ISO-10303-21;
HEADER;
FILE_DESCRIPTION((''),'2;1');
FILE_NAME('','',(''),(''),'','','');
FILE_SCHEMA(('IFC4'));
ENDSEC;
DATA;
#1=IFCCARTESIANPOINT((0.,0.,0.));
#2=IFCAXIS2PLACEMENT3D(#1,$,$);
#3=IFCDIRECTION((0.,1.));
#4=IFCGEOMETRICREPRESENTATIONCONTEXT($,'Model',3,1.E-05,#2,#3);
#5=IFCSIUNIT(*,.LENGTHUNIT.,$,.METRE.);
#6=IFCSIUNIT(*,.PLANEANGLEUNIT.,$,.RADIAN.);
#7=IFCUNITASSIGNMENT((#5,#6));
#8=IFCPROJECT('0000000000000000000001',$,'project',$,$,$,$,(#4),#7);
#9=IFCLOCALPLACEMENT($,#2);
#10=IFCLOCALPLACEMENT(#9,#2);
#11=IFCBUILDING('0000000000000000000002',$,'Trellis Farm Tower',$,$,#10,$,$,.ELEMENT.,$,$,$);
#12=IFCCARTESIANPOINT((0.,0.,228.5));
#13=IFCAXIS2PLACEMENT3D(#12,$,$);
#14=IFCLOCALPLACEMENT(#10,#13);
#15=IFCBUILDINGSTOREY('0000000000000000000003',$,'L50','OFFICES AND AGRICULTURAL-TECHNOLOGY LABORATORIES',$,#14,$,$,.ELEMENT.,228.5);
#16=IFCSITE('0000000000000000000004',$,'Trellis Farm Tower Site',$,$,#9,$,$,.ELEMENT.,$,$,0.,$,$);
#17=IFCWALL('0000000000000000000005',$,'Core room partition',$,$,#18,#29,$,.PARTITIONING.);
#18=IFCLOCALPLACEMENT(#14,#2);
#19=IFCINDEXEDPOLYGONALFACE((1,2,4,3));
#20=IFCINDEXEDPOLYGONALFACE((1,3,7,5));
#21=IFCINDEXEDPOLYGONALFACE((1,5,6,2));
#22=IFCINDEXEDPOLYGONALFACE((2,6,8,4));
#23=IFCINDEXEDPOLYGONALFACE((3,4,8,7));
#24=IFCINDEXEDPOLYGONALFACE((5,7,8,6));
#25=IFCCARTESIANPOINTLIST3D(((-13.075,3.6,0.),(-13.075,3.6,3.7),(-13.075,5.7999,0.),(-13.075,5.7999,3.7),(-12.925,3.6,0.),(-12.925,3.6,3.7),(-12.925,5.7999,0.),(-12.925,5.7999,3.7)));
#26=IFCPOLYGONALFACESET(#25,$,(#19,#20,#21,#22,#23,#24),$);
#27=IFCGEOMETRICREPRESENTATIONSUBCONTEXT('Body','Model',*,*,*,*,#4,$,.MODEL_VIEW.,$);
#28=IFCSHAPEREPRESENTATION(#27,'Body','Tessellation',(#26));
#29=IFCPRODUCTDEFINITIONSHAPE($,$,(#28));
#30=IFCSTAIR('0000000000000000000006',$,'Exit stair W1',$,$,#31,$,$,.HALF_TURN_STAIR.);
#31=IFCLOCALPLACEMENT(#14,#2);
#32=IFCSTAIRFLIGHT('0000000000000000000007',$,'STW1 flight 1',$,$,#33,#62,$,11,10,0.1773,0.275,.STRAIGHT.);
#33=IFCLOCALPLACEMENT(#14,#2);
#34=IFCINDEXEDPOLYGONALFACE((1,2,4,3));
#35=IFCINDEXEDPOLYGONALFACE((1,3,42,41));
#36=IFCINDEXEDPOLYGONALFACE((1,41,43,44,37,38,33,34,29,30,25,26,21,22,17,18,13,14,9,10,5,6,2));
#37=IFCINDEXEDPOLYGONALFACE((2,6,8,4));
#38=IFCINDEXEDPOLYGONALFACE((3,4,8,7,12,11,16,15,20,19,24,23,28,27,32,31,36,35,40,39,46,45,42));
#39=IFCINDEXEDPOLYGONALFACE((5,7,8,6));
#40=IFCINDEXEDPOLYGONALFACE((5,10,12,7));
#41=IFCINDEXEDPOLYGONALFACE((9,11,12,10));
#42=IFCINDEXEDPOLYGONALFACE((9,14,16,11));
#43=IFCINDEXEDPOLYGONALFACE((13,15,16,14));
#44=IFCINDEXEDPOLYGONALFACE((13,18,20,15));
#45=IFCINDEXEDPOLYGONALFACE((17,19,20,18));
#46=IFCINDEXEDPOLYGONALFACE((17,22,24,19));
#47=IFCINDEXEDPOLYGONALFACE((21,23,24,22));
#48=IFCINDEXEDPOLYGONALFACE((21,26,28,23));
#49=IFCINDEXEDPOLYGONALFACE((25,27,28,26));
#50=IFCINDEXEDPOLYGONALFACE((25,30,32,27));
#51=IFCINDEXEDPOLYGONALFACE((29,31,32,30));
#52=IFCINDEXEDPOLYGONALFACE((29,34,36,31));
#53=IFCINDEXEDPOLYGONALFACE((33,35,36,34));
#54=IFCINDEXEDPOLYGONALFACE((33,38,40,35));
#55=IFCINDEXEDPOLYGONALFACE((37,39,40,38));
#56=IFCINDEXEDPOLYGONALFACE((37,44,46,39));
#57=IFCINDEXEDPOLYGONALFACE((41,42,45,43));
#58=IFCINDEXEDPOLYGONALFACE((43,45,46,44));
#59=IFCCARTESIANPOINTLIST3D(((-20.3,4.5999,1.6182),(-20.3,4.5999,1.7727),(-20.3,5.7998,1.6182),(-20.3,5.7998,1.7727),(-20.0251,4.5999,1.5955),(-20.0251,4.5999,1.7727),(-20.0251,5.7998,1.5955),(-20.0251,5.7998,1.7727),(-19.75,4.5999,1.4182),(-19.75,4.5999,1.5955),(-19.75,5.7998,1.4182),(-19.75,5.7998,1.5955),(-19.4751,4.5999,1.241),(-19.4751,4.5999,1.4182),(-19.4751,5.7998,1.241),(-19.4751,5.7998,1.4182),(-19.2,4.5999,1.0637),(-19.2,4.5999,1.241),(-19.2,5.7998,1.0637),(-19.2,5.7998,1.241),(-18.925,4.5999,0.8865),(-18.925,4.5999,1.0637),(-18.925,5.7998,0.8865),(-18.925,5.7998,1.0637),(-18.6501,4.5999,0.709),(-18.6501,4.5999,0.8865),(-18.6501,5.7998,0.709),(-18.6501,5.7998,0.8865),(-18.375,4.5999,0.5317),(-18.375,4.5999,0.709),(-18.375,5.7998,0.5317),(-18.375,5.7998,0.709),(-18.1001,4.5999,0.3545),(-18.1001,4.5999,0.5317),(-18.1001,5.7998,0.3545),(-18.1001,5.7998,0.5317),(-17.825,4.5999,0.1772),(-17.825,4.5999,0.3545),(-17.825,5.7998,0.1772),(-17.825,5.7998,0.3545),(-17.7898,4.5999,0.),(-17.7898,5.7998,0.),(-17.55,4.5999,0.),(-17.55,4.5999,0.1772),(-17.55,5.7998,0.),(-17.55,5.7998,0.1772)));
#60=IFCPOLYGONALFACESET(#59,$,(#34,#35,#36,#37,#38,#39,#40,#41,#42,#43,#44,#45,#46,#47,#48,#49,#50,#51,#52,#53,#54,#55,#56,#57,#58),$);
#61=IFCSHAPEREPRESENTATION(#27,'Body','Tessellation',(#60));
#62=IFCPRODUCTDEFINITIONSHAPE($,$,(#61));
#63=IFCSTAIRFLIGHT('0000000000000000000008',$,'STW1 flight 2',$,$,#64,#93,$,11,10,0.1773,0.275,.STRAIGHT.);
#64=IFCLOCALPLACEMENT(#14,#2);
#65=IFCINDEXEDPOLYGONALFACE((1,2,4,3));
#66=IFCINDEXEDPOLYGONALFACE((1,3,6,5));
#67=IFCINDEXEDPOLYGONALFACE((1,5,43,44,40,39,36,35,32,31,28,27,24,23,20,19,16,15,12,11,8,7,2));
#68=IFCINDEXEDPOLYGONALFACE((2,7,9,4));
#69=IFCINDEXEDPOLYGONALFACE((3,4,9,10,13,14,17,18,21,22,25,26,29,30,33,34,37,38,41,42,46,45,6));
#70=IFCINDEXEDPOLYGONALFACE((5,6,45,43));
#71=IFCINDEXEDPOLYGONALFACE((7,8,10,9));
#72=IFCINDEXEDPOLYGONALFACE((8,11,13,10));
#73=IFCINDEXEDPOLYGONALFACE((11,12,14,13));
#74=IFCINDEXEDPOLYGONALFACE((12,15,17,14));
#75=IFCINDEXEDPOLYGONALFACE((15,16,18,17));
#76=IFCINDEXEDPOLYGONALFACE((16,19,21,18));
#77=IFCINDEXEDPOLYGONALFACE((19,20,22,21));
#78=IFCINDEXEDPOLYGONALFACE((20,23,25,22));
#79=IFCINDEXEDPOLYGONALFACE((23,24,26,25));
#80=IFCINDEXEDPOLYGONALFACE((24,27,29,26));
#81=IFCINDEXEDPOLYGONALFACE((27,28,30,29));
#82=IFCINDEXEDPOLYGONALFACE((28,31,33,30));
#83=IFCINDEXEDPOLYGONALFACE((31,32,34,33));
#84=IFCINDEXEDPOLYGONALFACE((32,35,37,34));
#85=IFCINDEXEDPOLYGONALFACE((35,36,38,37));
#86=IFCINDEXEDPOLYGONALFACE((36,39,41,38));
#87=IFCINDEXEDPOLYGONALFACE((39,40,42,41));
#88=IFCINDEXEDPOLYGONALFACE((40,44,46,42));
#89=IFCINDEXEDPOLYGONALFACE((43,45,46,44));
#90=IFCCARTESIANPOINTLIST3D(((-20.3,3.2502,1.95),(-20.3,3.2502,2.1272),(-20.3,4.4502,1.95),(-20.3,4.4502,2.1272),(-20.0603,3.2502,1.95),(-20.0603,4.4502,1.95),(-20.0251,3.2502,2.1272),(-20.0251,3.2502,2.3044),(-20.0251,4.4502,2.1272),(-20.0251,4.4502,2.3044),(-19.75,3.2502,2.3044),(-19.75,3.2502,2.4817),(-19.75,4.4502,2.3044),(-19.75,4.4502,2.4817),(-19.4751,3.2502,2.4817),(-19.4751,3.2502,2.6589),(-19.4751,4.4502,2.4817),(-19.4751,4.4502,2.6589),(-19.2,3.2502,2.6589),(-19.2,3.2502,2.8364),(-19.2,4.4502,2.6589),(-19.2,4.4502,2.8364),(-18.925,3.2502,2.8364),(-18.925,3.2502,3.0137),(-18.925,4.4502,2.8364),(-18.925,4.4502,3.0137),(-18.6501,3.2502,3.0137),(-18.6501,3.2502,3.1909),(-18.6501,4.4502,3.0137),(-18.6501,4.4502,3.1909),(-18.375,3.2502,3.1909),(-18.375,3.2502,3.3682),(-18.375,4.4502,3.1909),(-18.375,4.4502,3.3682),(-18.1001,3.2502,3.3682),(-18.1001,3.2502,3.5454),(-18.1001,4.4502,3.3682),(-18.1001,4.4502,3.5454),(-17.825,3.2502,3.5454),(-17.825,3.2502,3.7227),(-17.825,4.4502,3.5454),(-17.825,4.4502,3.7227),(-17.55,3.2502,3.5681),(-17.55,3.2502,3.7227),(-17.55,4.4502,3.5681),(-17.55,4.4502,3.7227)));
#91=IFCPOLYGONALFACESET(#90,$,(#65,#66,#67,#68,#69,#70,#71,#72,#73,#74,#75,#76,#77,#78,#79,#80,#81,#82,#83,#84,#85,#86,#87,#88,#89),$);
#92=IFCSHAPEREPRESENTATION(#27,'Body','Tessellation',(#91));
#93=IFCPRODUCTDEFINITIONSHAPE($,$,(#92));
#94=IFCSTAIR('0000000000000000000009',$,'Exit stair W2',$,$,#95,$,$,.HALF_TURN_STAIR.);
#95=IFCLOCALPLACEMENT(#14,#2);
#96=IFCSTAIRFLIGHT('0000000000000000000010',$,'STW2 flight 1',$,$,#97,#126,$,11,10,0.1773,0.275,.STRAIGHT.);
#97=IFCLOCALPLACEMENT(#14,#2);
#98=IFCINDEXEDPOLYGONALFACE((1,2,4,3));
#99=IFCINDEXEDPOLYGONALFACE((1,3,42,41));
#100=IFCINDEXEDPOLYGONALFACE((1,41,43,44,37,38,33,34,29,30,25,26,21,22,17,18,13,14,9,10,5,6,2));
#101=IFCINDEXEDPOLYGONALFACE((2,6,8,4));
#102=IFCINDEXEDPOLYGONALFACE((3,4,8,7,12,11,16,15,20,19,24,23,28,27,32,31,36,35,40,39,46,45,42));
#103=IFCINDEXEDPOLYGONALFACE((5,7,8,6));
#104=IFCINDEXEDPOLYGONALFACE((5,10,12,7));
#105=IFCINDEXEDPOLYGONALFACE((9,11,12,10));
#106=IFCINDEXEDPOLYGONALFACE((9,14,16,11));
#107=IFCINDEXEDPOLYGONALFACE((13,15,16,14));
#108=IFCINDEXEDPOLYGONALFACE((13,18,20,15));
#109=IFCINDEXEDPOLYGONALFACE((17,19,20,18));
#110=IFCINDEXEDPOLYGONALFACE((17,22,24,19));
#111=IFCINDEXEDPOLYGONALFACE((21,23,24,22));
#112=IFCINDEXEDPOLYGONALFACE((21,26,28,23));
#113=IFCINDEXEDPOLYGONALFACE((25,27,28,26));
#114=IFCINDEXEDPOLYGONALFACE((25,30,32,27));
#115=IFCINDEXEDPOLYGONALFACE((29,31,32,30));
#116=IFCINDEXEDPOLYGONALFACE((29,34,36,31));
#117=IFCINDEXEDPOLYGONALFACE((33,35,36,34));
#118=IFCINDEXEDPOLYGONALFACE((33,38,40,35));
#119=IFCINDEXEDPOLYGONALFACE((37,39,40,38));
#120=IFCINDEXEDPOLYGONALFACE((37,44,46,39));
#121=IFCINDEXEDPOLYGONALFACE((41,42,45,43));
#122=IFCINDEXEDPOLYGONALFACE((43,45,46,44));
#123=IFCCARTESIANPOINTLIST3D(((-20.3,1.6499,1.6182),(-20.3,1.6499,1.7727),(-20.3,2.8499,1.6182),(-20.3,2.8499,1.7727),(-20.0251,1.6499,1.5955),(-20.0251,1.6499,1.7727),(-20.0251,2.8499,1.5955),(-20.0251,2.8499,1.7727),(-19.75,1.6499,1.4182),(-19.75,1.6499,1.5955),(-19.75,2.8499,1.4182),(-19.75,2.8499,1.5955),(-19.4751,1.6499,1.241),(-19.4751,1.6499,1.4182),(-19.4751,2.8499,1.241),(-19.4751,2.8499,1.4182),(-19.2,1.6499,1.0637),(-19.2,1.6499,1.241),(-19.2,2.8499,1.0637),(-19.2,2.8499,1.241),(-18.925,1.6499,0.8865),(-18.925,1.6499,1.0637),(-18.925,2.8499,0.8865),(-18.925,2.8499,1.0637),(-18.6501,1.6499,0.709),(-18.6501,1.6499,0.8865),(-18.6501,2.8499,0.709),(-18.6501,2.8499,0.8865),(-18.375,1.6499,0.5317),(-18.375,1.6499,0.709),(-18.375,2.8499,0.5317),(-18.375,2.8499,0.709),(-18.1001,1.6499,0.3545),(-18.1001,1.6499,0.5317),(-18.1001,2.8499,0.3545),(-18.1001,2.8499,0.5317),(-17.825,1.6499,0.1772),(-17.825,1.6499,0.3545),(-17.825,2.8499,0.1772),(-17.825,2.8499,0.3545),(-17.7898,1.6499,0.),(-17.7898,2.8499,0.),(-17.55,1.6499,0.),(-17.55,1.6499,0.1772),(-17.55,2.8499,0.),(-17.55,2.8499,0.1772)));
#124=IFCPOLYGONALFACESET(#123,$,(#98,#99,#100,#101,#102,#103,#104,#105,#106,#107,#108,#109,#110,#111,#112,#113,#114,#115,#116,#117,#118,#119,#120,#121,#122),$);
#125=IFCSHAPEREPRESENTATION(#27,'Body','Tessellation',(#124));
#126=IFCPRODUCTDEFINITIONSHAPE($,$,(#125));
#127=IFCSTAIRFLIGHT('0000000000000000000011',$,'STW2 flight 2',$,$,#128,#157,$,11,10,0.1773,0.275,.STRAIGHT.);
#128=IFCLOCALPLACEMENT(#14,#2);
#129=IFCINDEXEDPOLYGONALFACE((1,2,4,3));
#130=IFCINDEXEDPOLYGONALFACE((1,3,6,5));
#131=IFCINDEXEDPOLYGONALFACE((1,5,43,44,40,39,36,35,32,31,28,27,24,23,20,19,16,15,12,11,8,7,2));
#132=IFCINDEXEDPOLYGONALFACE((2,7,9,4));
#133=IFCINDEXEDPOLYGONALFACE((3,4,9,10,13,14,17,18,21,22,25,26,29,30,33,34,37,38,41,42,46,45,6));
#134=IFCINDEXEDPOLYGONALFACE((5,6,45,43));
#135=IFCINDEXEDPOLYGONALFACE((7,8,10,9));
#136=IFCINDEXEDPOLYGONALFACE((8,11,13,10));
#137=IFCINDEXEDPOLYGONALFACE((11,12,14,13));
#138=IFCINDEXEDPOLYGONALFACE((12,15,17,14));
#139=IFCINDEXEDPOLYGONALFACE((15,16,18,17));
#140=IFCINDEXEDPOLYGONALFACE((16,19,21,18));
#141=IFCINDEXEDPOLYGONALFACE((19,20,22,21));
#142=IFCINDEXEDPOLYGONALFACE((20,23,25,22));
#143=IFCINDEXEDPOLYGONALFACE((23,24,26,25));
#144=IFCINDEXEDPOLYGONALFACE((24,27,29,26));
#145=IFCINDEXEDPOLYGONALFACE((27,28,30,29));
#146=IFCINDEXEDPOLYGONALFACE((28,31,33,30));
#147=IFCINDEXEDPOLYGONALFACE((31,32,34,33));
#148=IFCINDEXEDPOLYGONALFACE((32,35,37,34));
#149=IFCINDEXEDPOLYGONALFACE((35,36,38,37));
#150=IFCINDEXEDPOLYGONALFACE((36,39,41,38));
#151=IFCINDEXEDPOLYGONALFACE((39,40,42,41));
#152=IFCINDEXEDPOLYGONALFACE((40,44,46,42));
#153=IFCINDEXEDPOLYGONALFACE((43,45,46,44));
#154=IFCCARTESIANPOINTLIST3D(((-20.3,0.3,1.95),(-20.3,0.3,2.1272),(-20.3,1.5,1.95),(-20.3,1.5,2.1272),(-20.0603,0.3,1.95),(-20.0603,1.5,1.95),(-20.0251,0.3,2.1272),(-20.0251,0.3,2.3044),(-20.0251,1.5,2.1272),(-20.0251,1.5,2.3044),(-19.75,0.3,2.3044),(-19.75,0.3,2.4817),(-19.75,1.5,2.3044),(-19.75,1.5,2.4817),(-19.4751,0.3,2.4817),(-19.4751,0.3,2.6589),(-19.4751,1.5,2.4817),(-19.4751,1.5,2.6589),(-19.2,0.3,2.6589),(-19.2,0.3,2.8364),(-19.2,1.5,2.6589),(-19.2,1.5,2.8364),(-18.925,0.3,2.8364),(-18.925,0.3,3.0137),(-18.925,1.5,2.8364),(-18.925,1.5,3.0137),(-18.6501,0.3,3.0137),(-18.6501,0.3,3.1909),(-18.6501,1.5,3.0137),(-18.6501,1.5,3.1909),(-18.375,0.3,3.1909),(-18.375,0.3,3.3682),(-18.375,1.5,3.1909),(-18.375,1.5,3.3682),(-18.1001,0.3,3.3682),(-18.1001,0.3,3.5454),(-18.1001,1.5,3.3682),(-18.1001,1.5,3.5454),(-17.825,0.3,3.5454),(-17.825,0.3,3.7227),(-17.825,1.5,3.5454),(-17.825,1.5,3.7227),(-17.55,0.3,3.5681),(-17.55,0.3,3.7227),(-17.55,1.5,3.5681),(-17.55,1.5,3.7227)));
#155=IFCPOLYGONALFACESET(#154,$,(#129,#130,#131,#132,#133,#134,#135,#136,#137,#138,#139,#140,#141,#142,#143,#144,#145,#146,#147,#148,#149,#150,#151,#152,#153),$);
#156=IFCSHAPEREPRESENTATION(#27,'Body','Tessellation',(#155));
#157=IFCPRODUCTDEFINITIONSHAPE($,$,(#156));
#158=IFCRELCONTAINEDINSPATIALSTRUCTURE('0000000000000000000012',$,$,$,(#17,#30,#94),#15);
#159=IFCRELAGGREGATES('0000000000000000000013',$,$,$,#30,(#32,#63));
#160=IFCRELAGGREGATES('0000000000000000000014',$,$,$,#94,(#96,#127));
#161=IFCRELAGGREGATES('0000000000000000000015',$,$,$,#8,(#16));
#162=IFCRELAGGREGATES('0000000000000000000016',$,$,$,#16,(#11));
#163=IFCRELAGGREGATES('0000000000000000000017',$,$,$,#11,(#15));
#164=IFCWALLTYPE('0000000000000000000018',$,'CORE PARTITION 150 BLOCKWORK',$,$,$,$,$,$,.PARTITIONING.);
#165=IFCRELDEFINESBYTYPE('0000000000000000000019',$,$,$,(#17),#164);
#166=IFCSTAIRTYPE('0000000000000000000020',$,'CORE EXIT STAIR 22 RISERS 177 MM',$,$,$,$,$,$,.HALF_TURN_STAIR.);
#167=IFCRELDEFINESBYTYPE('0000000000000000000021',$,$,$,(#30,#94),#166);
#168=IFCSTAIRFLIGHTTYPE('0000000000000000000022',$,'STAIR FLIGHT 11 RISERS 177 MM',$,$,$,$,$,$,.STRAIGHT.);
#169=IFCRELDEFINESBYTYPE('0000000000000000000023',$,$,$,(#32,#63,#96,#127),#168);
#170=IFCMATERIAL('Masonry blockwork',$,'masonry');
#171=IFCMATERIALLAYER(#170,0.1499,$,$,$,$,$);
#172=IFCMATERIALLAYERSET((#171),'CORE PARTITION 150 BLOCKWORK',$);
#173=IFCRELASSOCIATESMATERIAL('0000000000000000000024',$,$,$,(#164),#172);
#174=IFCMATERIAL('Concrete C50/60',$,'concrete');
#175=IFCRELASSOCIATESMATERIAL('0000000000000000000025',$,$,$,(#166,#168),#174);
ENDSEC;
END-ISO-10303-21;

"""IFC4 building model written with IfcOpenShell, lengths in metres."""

from ifc_helpers import new_model, si_unit, direction, frame, frame_2d, origin, place, context, subcontext, project, spatial, polyline, rectangle, outline, extrude, source, transform, mapped, material, layer, layer_set, type_object, element, aggregate, save


model = new_model("IFC4")

# Units and contexts
model_context = context("Model", 3, precision=1e-05, world=origin(), true_north=direction((0.0, 1.0)))
body_context = subcontext(model_context, "Body", "Model", "MODEL_VIEW")
ifc_project = project(units=[si_unit("LENGTHUNIT", "METRE"), si_unit("PLANEANGLEUNIT", "RADIAN")], contexts=[model_context])

# Site, building, storey
site_placement = place(None, origin())
site = spatial("IfcSite", under=ifc_project, at=site_placement, Name="Trellis Farm Tower Site", CompositionType="ELEMENT", RefElevation=0.0)
building_placement = place(site_placement, origin())
building = spatial("IfcBuilding", under=site, at=building_placement, Name="Trellis Farm Tower", CompositionType="ELEMENT")
storey_placement = place(building_placement, frame((0.0, 0.0, 228.5)))
storey = spatial("IfcBuildingStorey", under=building, at=storey_placement, Name="L50", Description="OFFICES AND AGRICULTURAL-TECHNOLOGY LABORATORIES", CompositionType="ELEMENT", Elevation=228.5)

# Shared definitions
placement = place(storey_placement, origin())

# Wall
ifc_material_1 = material(Name="Masonry blockwork", Category="masonry")
ifc_layer_1 = layer(ifc_material_1, 0.1499)
ifc_layer_set_1 = layer_set([ifc_layer_1], Name="CORE PARTITION 150 BLOCKWORK")
wall_type_1 = type_object("IfcWallType", Name="CORE PARTITION 150 BLOCKWORK", PredefinedType="PARTITIONING", material=ifc_layer_set_1)
shared_shape_1 = source(origin(), body_context, "Body", "SweptSolid", [
    extrude(rectangle(XDim=2.2, YDim=0.1499, at=frame_2d((1.1001, 0.0))), origin(), (0.0, 0.0, 1.0), 3.7),
])
wall_1_placement = place(storey_placement, frame((-13.0, 5.8, 0.0), z_axis=(0.0, 0.0, 1.0), x_axis=(0.0, -1.0, 0.0)))
element("IfcWall", 1, at=wall_1_placement, inside=storey, type_object=wall_type_1, Name="Core room partition", PredefinedType="PARTITIONING", context=body_context, shape_type="MappedRepresentation", body=[
    mapped(shared_shape_1, transform((0.0, 0.0, 0.0))),
])

# Stairs, stair flights
ifc_material_2 = material(Name="Concrete C50/60", Category="concrete")
stair_type = type_object("IfcStairType", Name="CORE EXIT STAIR 22 RISERS 177 MM", PredefinedType="HALF_TURN_STAIR", material=ifc_material_2)
stair_1 = element("IfcStair", 2, at=placement, inside=storey, type_object=stair_type, Name="Exit stair W1", PredefinedType="HALF_TURN_STAIR")
stair_flight_type = type_object("IfcStairFlightType", Name="STAIR FLIGHT 11 RISERS 177 MM", PredefinedType="STRAIGHT", material=ifc_material_2)
shared_shape_2 = source(origin(), body_context, "Body", "SweptSolid", [
    extrude(outline(polyline([(0.0, 0.0), (0.0, 0.1772), (0.2749, 0.1772), (0.2749, 0.3545), (0.55, 0.3545), (0.55, 0.5317), (0.825, 0.5317), (0.825, 0.709), (1.1001, 0.709), (1.1001, 0.8865), (1.375, 0.8865), (1.375, 1.0637), (1.6499, 1.0637), (1.6499, 1.241), (1.925, 1.241), (1.925, 1.4182), (2.2, 1.4182), (2.2, 1.5955), (2.4751, 1.5955), (2.4751, 1.7727), (2.75, 1.7727), (2.75, 1.95), (2.75, 1.6182), (0.2397, 0.0), (0.0, 0.0)])), frame((0.0, 0.6001, 0.0), z_axis=(0.0, -1.0, 0.0), x_axis=(1.0, 0.0, 0.0)), (0.0, 0.0, 1.0), 1.2),
])
stair_flight_1_placement = place(storey_placement, frame((-17.55, 5.2, 0.0), z_axis=(0.0, 0.0, 1.0), x_axis=(-1.0, 0.0, 0.0)))
stair_flight_1 = element("IfcStairFlight", 3, at=stair_flight_1_placement, type_object=stair_flight_type, Name="STW1 flight 1", NumberOfRisers=11, NumberOfTreads=10, PredefinedType="STRAIGHT", RiserHeight=0.1773, TreadLength=0.275, context=body_context, shape_type="MappedRepresentation", body=[
    mapped(shared_shape_2, transform((0.0, 0.0, 0.0))),
])
stair_flight_2_placement = place(storey_placement, frame((-20.3, 3.8501, 1.95), z_axis=(0.0, 0.0, 1.0), x_axis=(1.0, 0.0, 0.0)))
stair_flight_2 = element("IfcStairFlight", 4, at=stair_flight_2_placement, type_object=stair_flight_type, Name="STW1 flight 2", NumberOfRisers=11, NumberOfTreads=10, PredefinedType="STRAIGHT", RiserHeight=0.1773, TreadLength=0.275, context=body_context, shape_type="MappedRepresentation", body=[
    mapped(shared_shape_2, transform((0.0, 0.0, 0.0))),
])
aggregate(stair_1, [stair_flight_1, stair_flight_2])
stair_2 = element("IfcStair", 5, at=placement, inside=storey, type_object=stair_type, Name="Exit stair W2", PredefinedType="HALF_TURN_STAIR")
stair_flight_3_placement = place(storey_placement, frame((-17.55, 2.25, 0.0), z_axis=(0.0, 0.0, 1.0), x_axis=(-1.0, 0.0, 0.0)))
stair_flight_3 = element("IfcStairFlight", 6, at=stair_flight_3_placement, type_object=stair_flight_type, Name="STW2 flight 1", NumberOfRisers=11, NumberOfTreads=10, PredefinedType="STRAIGHT", RiserHeight=0.1773, TreadLength=0.275, context=body_context, shape_type="MappedRepresentation", body=[
    mapped(shared_shape_2, transform((0.0, 0.0, 0.0))),
])
stair_flight_4_placement = place(storey_placement, frame((-20.3, 0.8999, 1.95), z_axis=(0.0, 0.0, 1.0), x_axis=(1.0, 0.0, 0.0)))
stair_flight_4 = element("IfcStairFlight", 7, at=stair_flight_4_placement, type_object=stair_flight_type, Name="STW2 flight 2", NumberOfRisers=11, NumberOfTreads=10, PredefinedType="STRAIGHT", RiserHeight=0.1773, TreadLength=0.275, context=body_context, shape_type="MappedRepresentation", body=[
    mapped(shared_shape_2, transform((0.0, 0.0, 0.0))),
])
aggregate(stair_2, [stair_flight_3, stair_flight_4])

save(model, "model.ifc")
